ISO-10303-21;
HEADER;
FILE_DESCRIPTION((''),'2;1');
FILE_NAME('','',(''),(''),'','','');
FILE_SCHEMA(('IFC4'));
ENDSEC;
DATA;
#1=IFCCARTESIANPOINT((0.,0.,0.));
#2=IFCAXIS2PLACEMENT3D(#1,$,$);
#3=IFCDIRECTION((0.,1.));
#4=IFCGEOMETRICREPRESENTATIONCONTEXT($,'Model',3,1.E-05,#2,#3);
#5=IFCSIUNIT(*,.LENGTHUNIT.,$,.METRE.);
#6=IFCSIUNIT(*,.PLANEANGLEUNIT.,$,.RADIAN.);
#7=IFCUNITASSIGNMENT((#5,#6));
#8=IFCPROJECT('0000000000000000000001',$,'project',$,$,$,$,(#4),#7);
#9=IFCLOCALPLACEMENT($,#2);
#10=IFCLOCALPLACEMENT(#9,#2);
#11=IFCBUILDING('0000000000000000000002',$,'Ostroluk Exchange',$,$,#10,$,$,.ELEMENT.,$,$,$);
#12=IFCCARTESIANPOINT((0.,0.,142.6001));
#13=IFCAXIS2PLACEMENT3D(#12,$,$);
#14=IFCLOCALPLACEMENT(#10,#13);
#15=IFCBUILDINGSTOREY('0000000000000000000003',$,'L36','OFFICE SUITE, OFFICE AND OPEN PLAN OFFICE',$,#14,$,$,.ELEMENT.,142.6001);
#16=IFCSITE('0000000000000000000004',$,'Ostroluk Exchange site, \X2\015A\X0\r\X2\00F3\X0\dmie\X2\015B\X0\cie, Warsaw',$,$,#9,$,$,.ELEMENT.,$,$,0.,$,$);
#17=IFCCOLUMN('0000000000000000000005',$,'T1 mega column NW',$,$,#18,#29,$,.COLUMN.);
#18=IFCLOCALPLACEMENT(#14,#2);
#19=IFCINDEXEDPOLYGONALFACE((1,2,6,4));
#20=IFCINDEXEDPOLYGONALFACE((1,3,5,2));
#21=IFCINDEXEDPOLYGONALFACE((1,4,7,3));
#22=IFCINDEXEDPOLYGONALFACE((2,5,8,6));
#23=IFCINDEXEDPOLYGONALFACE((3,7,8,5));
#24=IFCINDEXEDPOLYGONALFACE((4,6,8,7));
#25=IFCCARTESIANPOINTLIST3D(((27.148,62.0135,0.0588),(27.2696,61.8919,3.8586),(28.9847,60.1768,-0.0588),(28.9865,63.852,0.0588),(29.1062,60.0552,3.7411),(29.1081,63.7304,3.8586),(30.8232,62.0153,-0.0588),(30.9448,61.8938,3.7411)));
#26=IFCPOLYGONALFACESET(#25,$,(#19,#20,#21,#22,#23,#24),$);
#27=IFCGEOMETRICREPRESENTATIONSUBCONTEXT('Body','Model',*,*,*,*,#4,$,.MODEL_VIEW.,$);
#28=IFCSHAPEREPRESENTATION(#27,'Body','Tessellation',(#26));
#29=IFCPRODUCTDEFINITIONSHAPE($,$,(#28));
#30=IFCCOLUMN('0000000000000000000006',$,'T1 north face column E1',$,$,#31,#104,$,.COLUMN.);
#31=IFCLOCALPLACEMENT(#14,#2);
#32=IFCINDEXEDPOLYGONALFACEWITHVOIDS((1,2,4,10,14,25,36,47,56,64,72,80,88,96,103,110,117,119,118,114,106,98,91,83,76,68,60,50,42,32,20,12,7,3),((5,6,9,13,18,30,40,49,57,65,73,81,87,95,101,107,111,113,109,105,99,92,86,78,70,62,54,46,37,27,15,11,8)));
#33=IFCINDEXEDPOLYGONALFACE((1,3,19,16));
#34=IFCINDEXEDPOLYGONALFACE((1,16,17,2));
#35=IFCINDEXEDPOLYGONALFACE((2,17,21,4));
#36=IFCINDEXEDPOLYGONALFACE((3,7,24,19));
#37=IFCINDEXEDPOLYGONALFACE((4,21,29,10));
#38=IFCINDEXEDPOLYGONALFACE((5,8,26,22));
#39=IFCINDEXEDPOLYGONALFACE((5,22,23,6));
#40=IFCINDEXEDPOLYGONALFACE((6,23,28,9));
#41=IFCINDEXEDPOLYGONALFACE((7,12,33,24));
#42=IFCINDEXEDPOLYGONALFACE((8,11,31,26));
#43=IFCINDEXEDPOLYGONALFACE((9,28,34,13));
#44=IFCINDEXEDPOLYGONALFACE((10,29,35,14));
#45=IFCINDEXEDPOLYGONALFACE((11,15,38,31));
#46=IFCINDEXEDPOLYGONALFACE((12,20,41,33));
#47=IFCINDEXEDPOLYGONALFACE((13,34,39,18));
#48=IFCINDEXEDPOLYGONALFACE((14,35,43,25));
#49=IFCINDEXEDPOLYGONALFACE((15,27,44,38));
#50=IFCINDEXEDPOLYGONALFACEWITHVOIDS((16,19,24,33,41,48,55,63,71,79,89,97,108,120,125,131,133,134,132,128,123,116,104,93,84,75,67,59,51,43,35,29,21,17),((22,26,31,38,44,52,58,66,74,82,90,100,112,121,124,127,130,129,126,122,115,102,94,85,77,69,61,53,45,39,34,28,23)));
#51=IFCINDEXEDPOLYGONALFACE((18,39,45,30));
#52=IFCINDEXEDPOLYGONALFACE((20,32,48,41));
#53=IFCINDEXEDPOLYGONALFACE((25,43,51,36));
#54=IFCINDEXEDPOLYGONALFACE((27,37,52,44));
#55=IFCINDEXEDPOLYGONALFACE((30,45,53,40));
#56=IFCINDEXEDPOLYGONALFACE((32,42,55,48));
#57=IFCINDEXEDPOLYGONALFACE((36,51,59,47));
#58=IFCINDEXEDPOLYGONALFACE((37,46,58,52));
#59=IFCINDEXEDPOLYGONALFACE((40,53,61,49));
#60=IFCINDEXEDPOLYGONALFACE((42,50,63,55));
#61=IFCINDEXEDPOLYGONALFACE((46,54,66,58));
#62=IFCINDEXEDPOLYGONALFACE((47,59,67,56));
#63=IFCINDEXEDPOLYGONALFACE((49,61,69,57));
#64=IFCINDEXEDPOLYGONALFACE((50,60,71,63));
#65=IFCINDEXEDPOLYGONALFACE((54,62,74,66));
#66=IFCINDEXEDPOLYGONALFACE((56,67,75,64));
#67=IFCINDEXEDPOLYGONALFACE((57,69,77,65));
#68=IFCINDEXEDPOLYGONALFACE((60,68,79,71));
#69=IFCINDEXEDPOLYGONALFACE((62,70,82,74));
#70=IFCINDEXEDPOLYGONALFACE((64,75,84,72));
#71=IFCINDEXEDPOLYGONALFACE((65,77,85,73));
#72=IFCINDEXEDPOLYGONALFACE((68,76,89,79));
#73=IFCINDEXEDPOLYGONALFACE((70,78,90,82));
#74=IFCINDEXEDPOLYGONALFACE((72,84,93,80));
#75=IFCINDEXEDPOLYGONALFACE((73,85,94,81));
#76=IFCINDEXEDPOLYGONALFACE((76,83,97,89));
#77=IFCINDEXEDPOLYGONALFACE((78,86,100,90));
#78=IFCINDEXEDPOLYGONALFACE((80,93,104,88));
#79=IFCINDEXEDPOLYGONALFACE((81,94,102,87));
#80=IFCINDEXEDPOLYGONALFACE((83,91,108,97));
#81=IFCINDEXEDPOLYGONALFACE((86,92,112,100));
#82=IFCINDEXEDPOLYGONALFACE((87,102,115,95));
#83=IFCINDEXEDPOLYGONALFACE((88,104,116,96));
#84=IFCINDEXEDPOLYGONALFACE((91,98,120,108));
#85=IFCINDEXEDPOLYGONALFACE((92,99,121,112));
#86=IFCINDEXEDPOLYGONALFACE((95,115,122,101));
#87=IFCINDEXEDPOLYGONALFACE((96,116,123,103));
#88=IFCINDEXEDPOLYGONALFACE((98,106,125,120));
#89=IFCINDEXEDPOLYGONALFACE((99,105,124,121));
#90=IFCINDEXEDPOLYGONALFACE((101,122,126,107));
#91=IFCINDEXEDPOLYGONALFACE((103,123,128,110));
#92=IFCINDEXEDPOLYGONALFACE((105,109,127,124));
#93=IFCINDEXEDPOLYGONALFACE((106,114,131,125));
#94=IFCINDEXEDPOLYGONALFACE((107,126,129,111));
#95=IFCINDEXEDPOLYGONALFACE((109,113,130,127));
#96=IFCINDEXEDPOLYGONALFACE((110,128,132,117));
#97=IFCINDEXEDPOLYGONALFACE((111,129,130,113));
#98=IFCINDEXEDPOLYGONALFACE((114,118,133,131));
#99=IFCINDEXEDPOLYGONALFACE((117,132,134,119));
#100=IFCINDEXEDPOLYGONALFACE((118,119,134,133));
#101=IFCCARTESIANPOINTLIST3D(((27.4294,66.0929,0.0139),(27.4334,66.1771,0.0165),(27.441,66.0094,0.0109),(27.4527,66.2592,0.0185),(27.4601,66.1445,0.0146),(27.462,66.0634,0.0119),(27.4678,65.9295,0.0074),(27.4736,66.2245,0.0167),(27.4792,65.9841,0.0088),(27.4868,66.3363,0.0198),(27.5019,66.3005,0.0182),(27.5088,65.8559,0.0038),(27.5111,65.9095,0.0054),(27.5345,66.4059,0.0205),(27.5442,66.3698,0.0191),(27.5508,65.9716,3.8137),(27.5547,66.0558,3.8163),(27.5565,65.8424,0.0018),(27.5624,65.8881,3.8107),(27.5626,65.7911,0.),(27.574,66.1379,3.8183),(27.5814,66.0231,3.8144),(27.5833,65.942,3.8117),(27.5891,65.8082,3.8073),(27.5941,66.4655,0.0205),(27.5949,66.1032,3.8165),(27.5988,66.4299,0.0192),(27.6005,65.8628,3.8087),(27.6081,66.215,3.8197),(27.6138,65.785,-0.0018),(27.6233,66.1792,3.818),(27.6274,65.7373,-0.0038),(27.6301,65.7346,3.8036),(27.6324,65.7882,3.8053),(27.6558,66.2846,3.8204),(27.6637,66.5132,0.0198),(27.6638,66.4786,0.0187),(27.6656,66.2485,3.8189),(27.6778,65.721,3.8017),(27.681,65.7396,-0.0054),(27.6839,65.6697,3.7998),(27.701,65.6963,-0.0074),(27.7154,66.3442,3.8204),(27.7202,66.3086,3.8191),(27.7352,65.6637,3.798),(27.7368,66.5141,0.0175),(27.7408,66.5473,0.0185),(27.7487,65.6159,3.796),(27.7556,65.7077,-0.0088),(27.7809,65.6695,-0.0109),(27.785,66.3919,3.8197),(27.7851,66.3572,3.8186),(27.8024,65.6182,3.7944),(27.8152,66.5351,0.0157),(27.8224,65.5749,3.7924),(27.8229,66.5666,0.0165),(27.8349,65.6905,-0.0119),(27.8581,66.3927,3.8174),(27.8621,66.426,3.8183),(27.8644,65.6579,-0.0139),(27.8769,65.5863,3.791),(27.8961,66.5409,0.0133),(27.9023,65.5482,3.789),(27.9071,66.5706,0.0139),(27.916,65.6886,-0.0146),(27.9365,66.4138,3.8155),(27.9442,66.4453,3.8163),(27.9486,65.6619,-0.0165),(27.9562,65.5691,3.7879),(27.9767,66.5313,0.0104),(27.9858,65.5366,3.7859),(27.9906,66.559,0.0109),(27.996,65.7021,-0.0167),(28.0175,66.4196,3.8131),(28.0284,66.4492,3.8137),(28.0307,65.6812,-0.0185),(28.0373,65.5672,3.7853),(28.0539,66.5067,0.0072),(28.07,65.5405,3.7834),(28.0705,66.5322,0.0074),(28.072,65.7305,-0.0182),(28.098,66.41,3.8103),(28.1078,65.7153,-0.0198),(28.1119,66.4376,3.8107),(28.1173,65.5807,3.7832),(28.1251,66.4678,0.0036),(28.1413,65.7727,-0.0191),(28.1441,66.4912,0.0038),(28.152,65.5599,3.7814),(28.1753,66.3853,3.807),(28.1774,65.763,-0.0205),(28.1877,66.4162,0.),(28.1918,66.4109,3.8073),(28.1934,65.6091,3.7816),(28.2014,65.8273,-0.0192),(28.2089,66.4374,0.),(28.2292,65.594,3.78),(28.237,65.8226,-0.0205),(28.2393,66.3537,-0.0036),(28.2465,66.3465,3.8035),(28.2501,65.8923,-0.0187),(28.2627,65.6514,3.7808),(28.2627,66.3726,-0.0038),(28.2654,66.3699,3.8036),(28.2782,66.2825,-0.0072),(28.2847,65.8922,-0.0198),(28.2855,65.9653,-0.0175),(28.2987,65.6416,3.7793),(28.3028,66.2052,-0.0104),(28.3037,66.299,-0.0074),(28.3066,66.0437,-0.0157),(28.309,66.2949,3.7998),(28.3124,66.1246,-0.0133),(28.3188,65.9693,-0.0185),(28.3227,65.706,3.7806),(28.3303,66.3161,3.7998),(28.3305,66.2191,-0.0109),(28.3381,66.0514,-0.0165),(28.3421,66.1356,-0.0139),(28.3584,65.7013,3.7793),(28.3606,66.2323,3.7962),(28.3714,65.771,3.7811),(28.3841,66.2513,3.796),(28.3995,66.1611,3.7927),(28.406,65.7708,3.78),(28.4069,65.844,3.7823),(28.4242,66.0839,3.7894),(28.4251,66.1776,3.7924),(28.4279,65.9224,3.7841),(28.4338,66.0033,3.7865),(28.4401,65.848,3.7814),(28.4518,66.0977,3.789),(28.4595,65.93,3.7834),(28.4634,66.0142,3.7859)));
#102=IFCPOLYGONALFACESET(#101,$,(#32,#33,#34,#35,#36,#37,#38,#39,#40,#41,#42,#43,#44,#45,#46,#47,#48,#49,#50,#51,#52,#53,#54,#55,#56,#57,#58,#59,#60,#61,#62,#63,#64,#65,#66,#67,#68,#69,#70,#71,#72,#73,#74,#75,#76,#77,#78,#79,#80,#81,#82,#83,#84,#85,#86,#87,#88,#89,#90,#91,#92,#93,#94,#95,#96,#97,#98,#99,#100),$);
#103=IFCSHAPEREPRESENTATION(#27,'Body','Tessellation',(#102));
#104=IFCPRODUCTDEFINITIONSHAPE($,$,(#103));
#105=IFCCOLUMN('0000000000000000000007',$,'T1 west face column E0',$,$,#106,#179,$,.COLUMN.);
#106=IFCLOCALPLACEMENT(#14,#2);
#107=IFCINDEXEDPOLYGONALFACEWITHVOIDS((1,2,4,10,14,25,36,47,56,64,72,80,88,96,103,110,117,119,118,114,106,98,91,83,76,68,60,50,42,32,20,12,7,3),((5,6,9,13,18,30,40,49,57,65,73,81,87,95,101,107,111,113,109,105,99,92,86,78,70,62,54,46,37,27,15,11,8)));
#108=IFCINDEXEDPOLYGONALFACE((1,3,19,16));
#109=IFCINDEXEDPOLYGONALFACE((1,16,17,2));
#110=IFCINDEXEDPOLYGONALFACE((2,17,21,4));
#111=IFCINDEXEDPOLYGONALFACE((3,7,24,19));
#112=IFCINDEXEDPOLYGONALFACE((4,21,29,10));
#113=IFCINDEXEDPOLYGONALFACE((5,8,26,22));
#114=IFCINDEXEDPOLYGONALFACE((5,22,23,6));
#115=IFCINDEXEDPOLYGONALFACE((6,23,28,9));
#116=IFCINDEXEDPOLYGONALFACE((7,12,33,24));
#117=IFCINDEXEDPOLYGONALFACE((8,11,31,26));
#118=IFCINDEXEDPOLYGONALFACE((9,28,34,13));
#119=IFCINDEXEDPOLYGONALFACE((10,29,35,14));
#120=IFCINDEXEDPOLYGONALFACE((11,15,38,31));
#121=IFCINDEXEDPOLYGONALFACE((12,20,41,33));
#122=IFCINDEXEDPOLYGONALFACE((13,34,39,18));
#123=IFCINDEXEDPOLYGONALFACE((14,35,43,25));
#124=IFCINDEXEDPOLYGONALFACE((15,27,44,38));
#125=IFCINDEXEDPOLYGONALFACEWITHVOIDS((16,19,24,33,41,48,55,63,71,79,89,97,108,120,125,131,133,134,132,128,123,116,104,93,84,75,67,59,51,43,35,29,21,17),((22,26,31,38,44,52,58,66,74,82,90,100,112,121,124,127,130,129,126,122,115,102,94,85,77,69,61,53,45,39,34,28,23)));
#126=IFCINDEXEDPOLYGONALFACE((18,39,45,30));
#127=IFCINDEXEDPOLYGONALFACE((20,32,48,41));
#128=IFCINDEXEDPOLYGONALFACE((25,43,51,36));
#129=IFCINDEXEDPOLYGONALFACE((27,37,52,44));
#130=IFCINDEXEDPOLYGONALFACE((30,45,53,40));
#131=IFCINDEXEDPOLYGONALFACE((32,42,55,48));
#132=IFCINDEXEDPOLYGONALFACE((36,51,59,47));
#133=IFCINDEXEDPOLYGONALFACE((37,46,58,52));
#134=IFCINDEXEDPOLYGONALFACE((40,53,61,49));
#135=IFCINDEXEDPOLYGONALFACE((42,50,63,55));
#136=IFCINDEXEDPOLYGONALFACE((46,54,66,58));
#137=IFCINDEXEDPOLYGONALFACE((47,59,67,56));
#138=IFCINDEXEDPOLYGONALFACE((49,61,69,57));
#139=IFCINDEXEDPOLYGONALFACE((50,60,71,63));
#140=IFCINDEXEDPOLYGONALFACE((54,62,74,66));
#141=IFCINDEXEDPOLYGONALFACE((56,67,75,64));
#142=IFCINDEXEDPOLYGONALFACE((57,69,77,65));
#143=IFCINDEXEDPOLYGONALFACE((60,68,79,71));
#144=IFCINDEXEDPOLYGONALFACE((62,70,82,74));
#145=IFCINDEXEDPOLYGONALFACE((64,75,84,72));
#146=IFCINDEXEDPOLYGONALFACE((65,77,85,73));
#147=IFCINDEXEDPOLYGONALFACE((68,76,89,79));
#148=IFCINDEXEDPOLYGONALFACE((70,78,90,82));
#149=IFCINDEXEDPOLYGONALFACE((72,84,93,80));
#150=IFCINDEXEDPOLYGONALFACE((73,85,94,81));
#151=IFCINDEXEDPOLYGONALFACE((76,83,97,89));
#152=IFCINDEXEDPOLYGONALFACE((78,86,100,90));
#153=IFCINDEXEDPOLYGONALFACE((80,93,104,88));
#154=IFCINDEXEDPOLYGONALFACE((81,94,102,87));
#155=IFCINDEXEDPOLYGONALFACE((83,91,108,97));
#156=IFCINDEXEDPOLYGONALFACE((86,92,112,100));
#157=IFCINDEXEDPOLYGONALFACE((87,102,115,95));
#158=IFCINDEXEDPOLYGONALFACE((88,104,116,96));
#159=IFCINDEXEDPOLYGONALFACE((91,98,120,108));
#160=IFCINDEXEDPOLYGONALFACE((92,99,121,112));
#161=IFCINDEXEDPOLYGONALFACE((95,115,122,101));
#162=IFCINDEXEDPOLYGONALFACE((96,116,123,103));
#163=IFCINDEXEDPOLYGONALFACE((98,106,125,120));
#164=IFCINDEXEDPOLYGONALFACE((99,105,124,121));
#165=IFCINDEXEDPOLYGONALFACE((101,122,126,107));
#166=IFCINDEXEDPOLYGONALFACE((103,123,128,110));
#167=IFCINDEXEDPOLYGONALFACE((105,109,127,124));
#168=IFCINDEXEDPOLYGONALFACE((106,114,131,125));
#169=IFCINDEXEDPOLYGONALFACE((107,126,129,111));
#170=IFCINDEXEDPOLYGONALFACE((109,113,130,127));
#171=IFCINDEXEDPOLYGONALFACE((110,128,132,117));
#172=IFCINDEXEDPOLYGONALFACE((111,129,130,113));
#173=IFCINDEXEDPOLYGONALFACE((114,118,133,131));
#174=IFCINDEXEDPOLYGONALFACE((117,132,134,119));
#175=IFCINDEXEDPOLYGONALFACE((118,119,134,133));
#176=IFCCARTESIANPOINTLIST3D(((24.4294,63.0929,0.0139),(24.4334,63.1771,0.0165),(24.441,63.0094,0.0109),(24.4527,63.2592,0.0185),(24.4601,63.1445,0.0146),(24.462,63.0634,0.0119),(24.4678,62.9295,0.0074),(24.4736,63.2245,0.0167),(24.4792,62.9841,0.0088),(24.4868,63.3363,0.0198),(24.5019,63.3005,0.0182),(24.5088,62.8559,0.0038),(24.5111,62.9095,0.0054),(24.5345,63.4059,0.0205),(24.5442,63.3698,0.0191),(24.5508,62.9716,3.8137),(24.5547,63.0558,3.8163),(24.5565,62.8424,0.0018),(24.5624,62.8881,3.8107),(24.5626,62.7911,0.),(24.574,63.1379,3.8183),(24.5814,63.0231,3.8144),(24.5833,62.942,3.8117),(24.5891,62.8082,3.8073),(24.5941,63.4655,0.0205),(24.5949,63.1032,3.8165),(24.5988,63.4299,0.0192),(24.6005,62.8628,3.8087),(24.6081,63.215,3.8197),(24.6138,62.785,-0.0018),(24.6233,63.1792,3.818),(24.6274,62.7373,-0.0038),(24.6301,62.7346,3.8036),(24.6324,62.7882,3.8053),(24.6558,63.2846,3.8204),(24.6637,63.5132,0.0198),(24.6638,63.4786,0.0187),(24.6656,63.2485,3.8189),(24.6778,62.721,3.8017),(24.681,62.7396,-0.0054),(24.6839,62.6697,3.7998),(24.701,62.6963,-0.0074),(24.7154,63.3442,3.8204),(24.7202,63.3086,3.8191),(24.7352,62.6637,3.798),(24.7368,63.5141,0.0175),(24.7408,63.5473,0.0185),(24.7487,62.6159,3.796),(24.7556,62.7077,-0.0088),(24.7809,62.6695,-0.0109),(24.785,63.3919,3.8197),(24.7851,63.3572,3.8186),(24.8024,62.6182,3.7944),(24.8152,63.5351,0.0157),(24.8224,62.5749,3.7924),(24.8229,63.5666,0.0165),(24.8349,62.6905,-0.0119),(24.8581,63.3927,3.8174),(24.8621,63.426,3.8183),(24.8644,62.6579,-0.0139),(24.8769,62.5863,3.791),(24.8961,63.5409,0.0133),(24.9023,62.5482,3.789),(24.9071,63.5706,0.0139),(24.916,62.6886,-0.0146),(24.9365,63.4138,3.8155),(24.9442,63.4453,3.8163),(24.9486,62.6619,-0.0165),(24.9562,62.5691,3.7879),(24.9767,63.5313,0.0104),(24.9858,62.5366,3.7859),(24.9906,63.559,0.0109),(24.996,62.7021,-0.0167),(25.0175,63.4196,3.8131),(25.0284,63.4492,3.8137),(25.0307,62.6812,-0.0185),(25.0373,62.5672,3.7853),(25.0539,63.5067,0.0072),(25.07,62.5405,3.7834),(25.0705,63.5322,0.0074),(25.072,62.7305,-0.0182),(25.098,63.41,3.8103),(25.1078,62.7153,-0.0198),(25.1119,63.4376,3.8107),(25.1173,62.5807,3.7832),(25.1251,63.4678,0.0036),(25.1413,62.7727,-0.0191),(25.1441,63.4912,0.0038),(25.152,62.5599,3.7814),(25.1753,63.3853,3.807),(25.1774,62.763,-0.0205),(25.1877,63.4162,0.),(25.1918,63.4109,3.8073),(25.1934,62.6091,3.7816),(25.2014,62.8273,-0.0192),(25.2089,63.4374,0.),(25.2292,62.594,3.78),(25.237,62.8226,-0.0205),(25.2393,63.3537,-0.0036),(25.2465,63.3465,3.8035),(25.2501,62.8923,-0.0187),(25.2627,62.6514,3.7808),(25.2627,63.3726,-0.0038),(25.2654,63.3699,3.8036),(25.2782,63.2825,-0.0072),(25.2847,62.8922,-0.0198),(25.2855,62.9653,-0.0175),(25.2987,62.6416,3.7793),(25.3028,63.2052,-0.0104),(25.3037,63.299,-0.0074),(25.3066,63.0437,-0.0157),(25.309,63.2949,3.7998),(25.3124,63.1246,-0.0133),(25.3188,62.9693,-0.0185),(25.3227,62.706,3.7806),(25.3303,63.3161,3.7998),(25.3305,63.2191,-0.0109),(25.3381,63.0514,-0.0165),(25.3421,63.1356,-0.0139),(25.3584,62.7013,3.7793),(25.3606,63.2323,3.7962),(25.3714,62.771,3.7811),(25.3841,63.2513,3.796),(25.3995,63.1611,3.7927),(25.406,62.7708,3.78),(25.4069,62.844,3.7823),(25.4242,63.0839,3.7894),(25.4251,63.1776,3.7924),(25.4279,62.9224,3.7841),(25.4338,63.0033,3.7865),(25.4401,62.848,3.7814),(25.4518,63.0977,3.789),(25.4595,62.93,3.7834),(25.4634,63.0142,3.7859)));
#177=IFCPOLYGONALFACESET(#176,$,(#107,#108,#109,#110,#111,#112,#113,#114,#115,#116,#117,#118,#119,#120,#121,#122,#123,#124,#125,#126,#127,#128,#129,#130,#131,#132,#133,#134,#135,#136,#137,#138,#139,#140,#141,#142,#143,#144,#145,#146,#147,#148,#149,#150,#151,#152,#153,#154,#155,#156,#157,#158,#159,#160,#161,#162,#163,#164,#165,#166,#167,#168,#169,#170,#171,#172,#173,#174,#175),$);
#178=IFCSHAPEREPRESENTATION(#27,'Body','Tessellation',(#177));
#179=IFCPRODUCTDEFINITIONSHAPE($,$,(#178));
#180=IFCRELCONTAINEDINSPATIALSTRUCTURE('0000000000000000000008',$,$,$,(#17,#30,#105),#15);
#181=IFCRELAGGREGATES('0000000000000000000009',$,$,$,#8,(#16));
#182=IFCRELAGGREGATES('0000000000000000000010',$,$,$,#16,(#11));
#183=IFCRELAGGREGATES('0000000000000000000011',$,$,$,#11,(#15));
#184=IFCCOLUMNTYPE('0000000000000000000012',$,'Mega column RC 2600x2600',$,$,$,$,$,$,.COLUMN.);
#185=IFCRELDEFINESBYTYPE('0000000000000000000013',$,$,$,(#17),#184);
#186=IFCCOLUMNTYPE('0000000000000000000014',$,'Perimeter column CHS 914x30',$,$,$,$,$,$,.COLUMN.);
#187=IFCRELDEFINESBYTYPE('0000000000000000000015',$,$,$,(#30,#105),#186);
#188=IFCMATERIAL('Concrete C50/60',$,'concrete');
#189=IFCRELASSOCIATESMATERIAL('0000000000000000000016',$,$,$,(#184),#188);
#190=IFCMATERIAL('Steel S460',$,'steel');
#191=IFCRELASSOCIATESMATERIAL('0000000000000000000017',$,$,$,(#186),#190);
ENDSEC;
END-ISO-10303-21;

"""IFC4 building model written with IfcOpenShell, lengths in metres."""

from ifc_helpers import new_model, si_unit, direction, frame, origin, origin_2d, place, context, subcontext, project, spatial, rectangle, hollow_circle, extrude, material, material_profile, profile_set, type_object, element, save


model = new_model("IFC4")

# Units and contexts
model_context = context("Model", 3, precision=1e-05, world=origin(), true_north=direction((0.0, 1.0)))
body_context = subcontext(model_context, "Body", "Model", "MODEL_VIEW")
ifc_project = project(units=[si_unit("LENGTHUNIT", "METRE"), si_unit("PLANEANGLEUNIT", "RADIAN")], contexts=[model_context])

# Site, building, storey
site_placement = place(None, origin())
site = spatial("IfcSite", under=ifc_project, at=site_placement, Name="Ostroluk Exchange site, Śródmieście, Warsaw", CompositionType="ELEMENT", RefElevation=0.0)
building_placement = place(site_placement, origin())
building = spatial("IfcBuilding", under=site, at=building_placement, Name="Ostroluk Exchange", CompositionType="ELEMENT")
storey_placement = place(building_placement, frame((0.0, 0.0, 142.6001)))
storey = spatial("IfcBuildingStorey", under=building, at=storey_placement, Name="L36", Description="OFFICE SUITE, OFFICE AND OPEN PLAN OFFICE", CompositionType="ELEMENT", Elevation=142.6001)

# Columns
ifc_material_1 = material(Name="Concrete C50/60", Category="concrete")
ifc_material_profile_1 = material_profile(ifc_material_1, rectangle(XDim=2.6001, YDim=2.6001, at=origin_2d()), Name="RC 2600x2600")
ifc_profile_set_1 = profile_set([ifc_material_profile_1], Name="Concrete C50/60")
column_type_1 = type_object("IfcColumnType", Name="Mega column RC 2600x2600", PredefinedType="COLUMN", material=ifc_profile_set_1)
column_placement = place(storey_placement, frame((28.9856, 62.0144, 0.0), z_axis=(0.031964, -0.031964, 0.998978), x_axis=(0.707107, 0.707107, 0.0)))
element("IfcColumn", 1, at=column_placement, inside=storey, type_object=column_type_1, Name="T1 mega column NW", PredefinedType="COLUMN", context=body_context, shape_type="SweptSolid", body=[
    extrude(rectangle(XDim=2.6001, YDim=2.6001, at=origin_2d()), origin(), (0.0, 0.0, 1.0), 3.8037),
])
ifc_material_2 = material(Name="Steel S460", Category="steel")
ifc_material_profile_2 = material_profile(ifc_material_2, hollow_circle(Radius=0.457, WallThickness=0.03, at=origin_2d()), Name="CHS 914x30")
ifc_profile_set_2 = profile_set([ifc_material_profile_2], Name="Steel S460")
column_type_2 = type_object("IfcColumnType", Name="Perimeter column CHS 914x30", PredefinedType="COLUMN", material=ifc_profile_set_2)
for number, where, z_axis, x_axis, name in (
    (2, (27.8857, 66.1143, 0.0), (0.0319, -0.0319, 0.998982), (0.707107, 0.707107, 0.0), "T1 north face column E1"),
    (3, (24.8857, 63.1143, 0.0), (0.0319, -0.0319, 0.998982), (0.707107, 0.707107, 0.0), "T1 west face column E0"),
):
    element("IfcColumn", number, at=place(storey_placement, frame(where, z_axis=z_axis, x_axis=x_axis)), inside=storey, type_object=column_type_2, Name=name, PredefinedType="COLUMN", context=body_context, shape_type="SweptSolid", body=[
        extrude(hollow_circle(Radius=0.457, WallThickness=0.03, at=origin_2d()), origin(), (0.0, 0.0, 1.0), 3.8037),
    ])

save(model, "model.ifc")
